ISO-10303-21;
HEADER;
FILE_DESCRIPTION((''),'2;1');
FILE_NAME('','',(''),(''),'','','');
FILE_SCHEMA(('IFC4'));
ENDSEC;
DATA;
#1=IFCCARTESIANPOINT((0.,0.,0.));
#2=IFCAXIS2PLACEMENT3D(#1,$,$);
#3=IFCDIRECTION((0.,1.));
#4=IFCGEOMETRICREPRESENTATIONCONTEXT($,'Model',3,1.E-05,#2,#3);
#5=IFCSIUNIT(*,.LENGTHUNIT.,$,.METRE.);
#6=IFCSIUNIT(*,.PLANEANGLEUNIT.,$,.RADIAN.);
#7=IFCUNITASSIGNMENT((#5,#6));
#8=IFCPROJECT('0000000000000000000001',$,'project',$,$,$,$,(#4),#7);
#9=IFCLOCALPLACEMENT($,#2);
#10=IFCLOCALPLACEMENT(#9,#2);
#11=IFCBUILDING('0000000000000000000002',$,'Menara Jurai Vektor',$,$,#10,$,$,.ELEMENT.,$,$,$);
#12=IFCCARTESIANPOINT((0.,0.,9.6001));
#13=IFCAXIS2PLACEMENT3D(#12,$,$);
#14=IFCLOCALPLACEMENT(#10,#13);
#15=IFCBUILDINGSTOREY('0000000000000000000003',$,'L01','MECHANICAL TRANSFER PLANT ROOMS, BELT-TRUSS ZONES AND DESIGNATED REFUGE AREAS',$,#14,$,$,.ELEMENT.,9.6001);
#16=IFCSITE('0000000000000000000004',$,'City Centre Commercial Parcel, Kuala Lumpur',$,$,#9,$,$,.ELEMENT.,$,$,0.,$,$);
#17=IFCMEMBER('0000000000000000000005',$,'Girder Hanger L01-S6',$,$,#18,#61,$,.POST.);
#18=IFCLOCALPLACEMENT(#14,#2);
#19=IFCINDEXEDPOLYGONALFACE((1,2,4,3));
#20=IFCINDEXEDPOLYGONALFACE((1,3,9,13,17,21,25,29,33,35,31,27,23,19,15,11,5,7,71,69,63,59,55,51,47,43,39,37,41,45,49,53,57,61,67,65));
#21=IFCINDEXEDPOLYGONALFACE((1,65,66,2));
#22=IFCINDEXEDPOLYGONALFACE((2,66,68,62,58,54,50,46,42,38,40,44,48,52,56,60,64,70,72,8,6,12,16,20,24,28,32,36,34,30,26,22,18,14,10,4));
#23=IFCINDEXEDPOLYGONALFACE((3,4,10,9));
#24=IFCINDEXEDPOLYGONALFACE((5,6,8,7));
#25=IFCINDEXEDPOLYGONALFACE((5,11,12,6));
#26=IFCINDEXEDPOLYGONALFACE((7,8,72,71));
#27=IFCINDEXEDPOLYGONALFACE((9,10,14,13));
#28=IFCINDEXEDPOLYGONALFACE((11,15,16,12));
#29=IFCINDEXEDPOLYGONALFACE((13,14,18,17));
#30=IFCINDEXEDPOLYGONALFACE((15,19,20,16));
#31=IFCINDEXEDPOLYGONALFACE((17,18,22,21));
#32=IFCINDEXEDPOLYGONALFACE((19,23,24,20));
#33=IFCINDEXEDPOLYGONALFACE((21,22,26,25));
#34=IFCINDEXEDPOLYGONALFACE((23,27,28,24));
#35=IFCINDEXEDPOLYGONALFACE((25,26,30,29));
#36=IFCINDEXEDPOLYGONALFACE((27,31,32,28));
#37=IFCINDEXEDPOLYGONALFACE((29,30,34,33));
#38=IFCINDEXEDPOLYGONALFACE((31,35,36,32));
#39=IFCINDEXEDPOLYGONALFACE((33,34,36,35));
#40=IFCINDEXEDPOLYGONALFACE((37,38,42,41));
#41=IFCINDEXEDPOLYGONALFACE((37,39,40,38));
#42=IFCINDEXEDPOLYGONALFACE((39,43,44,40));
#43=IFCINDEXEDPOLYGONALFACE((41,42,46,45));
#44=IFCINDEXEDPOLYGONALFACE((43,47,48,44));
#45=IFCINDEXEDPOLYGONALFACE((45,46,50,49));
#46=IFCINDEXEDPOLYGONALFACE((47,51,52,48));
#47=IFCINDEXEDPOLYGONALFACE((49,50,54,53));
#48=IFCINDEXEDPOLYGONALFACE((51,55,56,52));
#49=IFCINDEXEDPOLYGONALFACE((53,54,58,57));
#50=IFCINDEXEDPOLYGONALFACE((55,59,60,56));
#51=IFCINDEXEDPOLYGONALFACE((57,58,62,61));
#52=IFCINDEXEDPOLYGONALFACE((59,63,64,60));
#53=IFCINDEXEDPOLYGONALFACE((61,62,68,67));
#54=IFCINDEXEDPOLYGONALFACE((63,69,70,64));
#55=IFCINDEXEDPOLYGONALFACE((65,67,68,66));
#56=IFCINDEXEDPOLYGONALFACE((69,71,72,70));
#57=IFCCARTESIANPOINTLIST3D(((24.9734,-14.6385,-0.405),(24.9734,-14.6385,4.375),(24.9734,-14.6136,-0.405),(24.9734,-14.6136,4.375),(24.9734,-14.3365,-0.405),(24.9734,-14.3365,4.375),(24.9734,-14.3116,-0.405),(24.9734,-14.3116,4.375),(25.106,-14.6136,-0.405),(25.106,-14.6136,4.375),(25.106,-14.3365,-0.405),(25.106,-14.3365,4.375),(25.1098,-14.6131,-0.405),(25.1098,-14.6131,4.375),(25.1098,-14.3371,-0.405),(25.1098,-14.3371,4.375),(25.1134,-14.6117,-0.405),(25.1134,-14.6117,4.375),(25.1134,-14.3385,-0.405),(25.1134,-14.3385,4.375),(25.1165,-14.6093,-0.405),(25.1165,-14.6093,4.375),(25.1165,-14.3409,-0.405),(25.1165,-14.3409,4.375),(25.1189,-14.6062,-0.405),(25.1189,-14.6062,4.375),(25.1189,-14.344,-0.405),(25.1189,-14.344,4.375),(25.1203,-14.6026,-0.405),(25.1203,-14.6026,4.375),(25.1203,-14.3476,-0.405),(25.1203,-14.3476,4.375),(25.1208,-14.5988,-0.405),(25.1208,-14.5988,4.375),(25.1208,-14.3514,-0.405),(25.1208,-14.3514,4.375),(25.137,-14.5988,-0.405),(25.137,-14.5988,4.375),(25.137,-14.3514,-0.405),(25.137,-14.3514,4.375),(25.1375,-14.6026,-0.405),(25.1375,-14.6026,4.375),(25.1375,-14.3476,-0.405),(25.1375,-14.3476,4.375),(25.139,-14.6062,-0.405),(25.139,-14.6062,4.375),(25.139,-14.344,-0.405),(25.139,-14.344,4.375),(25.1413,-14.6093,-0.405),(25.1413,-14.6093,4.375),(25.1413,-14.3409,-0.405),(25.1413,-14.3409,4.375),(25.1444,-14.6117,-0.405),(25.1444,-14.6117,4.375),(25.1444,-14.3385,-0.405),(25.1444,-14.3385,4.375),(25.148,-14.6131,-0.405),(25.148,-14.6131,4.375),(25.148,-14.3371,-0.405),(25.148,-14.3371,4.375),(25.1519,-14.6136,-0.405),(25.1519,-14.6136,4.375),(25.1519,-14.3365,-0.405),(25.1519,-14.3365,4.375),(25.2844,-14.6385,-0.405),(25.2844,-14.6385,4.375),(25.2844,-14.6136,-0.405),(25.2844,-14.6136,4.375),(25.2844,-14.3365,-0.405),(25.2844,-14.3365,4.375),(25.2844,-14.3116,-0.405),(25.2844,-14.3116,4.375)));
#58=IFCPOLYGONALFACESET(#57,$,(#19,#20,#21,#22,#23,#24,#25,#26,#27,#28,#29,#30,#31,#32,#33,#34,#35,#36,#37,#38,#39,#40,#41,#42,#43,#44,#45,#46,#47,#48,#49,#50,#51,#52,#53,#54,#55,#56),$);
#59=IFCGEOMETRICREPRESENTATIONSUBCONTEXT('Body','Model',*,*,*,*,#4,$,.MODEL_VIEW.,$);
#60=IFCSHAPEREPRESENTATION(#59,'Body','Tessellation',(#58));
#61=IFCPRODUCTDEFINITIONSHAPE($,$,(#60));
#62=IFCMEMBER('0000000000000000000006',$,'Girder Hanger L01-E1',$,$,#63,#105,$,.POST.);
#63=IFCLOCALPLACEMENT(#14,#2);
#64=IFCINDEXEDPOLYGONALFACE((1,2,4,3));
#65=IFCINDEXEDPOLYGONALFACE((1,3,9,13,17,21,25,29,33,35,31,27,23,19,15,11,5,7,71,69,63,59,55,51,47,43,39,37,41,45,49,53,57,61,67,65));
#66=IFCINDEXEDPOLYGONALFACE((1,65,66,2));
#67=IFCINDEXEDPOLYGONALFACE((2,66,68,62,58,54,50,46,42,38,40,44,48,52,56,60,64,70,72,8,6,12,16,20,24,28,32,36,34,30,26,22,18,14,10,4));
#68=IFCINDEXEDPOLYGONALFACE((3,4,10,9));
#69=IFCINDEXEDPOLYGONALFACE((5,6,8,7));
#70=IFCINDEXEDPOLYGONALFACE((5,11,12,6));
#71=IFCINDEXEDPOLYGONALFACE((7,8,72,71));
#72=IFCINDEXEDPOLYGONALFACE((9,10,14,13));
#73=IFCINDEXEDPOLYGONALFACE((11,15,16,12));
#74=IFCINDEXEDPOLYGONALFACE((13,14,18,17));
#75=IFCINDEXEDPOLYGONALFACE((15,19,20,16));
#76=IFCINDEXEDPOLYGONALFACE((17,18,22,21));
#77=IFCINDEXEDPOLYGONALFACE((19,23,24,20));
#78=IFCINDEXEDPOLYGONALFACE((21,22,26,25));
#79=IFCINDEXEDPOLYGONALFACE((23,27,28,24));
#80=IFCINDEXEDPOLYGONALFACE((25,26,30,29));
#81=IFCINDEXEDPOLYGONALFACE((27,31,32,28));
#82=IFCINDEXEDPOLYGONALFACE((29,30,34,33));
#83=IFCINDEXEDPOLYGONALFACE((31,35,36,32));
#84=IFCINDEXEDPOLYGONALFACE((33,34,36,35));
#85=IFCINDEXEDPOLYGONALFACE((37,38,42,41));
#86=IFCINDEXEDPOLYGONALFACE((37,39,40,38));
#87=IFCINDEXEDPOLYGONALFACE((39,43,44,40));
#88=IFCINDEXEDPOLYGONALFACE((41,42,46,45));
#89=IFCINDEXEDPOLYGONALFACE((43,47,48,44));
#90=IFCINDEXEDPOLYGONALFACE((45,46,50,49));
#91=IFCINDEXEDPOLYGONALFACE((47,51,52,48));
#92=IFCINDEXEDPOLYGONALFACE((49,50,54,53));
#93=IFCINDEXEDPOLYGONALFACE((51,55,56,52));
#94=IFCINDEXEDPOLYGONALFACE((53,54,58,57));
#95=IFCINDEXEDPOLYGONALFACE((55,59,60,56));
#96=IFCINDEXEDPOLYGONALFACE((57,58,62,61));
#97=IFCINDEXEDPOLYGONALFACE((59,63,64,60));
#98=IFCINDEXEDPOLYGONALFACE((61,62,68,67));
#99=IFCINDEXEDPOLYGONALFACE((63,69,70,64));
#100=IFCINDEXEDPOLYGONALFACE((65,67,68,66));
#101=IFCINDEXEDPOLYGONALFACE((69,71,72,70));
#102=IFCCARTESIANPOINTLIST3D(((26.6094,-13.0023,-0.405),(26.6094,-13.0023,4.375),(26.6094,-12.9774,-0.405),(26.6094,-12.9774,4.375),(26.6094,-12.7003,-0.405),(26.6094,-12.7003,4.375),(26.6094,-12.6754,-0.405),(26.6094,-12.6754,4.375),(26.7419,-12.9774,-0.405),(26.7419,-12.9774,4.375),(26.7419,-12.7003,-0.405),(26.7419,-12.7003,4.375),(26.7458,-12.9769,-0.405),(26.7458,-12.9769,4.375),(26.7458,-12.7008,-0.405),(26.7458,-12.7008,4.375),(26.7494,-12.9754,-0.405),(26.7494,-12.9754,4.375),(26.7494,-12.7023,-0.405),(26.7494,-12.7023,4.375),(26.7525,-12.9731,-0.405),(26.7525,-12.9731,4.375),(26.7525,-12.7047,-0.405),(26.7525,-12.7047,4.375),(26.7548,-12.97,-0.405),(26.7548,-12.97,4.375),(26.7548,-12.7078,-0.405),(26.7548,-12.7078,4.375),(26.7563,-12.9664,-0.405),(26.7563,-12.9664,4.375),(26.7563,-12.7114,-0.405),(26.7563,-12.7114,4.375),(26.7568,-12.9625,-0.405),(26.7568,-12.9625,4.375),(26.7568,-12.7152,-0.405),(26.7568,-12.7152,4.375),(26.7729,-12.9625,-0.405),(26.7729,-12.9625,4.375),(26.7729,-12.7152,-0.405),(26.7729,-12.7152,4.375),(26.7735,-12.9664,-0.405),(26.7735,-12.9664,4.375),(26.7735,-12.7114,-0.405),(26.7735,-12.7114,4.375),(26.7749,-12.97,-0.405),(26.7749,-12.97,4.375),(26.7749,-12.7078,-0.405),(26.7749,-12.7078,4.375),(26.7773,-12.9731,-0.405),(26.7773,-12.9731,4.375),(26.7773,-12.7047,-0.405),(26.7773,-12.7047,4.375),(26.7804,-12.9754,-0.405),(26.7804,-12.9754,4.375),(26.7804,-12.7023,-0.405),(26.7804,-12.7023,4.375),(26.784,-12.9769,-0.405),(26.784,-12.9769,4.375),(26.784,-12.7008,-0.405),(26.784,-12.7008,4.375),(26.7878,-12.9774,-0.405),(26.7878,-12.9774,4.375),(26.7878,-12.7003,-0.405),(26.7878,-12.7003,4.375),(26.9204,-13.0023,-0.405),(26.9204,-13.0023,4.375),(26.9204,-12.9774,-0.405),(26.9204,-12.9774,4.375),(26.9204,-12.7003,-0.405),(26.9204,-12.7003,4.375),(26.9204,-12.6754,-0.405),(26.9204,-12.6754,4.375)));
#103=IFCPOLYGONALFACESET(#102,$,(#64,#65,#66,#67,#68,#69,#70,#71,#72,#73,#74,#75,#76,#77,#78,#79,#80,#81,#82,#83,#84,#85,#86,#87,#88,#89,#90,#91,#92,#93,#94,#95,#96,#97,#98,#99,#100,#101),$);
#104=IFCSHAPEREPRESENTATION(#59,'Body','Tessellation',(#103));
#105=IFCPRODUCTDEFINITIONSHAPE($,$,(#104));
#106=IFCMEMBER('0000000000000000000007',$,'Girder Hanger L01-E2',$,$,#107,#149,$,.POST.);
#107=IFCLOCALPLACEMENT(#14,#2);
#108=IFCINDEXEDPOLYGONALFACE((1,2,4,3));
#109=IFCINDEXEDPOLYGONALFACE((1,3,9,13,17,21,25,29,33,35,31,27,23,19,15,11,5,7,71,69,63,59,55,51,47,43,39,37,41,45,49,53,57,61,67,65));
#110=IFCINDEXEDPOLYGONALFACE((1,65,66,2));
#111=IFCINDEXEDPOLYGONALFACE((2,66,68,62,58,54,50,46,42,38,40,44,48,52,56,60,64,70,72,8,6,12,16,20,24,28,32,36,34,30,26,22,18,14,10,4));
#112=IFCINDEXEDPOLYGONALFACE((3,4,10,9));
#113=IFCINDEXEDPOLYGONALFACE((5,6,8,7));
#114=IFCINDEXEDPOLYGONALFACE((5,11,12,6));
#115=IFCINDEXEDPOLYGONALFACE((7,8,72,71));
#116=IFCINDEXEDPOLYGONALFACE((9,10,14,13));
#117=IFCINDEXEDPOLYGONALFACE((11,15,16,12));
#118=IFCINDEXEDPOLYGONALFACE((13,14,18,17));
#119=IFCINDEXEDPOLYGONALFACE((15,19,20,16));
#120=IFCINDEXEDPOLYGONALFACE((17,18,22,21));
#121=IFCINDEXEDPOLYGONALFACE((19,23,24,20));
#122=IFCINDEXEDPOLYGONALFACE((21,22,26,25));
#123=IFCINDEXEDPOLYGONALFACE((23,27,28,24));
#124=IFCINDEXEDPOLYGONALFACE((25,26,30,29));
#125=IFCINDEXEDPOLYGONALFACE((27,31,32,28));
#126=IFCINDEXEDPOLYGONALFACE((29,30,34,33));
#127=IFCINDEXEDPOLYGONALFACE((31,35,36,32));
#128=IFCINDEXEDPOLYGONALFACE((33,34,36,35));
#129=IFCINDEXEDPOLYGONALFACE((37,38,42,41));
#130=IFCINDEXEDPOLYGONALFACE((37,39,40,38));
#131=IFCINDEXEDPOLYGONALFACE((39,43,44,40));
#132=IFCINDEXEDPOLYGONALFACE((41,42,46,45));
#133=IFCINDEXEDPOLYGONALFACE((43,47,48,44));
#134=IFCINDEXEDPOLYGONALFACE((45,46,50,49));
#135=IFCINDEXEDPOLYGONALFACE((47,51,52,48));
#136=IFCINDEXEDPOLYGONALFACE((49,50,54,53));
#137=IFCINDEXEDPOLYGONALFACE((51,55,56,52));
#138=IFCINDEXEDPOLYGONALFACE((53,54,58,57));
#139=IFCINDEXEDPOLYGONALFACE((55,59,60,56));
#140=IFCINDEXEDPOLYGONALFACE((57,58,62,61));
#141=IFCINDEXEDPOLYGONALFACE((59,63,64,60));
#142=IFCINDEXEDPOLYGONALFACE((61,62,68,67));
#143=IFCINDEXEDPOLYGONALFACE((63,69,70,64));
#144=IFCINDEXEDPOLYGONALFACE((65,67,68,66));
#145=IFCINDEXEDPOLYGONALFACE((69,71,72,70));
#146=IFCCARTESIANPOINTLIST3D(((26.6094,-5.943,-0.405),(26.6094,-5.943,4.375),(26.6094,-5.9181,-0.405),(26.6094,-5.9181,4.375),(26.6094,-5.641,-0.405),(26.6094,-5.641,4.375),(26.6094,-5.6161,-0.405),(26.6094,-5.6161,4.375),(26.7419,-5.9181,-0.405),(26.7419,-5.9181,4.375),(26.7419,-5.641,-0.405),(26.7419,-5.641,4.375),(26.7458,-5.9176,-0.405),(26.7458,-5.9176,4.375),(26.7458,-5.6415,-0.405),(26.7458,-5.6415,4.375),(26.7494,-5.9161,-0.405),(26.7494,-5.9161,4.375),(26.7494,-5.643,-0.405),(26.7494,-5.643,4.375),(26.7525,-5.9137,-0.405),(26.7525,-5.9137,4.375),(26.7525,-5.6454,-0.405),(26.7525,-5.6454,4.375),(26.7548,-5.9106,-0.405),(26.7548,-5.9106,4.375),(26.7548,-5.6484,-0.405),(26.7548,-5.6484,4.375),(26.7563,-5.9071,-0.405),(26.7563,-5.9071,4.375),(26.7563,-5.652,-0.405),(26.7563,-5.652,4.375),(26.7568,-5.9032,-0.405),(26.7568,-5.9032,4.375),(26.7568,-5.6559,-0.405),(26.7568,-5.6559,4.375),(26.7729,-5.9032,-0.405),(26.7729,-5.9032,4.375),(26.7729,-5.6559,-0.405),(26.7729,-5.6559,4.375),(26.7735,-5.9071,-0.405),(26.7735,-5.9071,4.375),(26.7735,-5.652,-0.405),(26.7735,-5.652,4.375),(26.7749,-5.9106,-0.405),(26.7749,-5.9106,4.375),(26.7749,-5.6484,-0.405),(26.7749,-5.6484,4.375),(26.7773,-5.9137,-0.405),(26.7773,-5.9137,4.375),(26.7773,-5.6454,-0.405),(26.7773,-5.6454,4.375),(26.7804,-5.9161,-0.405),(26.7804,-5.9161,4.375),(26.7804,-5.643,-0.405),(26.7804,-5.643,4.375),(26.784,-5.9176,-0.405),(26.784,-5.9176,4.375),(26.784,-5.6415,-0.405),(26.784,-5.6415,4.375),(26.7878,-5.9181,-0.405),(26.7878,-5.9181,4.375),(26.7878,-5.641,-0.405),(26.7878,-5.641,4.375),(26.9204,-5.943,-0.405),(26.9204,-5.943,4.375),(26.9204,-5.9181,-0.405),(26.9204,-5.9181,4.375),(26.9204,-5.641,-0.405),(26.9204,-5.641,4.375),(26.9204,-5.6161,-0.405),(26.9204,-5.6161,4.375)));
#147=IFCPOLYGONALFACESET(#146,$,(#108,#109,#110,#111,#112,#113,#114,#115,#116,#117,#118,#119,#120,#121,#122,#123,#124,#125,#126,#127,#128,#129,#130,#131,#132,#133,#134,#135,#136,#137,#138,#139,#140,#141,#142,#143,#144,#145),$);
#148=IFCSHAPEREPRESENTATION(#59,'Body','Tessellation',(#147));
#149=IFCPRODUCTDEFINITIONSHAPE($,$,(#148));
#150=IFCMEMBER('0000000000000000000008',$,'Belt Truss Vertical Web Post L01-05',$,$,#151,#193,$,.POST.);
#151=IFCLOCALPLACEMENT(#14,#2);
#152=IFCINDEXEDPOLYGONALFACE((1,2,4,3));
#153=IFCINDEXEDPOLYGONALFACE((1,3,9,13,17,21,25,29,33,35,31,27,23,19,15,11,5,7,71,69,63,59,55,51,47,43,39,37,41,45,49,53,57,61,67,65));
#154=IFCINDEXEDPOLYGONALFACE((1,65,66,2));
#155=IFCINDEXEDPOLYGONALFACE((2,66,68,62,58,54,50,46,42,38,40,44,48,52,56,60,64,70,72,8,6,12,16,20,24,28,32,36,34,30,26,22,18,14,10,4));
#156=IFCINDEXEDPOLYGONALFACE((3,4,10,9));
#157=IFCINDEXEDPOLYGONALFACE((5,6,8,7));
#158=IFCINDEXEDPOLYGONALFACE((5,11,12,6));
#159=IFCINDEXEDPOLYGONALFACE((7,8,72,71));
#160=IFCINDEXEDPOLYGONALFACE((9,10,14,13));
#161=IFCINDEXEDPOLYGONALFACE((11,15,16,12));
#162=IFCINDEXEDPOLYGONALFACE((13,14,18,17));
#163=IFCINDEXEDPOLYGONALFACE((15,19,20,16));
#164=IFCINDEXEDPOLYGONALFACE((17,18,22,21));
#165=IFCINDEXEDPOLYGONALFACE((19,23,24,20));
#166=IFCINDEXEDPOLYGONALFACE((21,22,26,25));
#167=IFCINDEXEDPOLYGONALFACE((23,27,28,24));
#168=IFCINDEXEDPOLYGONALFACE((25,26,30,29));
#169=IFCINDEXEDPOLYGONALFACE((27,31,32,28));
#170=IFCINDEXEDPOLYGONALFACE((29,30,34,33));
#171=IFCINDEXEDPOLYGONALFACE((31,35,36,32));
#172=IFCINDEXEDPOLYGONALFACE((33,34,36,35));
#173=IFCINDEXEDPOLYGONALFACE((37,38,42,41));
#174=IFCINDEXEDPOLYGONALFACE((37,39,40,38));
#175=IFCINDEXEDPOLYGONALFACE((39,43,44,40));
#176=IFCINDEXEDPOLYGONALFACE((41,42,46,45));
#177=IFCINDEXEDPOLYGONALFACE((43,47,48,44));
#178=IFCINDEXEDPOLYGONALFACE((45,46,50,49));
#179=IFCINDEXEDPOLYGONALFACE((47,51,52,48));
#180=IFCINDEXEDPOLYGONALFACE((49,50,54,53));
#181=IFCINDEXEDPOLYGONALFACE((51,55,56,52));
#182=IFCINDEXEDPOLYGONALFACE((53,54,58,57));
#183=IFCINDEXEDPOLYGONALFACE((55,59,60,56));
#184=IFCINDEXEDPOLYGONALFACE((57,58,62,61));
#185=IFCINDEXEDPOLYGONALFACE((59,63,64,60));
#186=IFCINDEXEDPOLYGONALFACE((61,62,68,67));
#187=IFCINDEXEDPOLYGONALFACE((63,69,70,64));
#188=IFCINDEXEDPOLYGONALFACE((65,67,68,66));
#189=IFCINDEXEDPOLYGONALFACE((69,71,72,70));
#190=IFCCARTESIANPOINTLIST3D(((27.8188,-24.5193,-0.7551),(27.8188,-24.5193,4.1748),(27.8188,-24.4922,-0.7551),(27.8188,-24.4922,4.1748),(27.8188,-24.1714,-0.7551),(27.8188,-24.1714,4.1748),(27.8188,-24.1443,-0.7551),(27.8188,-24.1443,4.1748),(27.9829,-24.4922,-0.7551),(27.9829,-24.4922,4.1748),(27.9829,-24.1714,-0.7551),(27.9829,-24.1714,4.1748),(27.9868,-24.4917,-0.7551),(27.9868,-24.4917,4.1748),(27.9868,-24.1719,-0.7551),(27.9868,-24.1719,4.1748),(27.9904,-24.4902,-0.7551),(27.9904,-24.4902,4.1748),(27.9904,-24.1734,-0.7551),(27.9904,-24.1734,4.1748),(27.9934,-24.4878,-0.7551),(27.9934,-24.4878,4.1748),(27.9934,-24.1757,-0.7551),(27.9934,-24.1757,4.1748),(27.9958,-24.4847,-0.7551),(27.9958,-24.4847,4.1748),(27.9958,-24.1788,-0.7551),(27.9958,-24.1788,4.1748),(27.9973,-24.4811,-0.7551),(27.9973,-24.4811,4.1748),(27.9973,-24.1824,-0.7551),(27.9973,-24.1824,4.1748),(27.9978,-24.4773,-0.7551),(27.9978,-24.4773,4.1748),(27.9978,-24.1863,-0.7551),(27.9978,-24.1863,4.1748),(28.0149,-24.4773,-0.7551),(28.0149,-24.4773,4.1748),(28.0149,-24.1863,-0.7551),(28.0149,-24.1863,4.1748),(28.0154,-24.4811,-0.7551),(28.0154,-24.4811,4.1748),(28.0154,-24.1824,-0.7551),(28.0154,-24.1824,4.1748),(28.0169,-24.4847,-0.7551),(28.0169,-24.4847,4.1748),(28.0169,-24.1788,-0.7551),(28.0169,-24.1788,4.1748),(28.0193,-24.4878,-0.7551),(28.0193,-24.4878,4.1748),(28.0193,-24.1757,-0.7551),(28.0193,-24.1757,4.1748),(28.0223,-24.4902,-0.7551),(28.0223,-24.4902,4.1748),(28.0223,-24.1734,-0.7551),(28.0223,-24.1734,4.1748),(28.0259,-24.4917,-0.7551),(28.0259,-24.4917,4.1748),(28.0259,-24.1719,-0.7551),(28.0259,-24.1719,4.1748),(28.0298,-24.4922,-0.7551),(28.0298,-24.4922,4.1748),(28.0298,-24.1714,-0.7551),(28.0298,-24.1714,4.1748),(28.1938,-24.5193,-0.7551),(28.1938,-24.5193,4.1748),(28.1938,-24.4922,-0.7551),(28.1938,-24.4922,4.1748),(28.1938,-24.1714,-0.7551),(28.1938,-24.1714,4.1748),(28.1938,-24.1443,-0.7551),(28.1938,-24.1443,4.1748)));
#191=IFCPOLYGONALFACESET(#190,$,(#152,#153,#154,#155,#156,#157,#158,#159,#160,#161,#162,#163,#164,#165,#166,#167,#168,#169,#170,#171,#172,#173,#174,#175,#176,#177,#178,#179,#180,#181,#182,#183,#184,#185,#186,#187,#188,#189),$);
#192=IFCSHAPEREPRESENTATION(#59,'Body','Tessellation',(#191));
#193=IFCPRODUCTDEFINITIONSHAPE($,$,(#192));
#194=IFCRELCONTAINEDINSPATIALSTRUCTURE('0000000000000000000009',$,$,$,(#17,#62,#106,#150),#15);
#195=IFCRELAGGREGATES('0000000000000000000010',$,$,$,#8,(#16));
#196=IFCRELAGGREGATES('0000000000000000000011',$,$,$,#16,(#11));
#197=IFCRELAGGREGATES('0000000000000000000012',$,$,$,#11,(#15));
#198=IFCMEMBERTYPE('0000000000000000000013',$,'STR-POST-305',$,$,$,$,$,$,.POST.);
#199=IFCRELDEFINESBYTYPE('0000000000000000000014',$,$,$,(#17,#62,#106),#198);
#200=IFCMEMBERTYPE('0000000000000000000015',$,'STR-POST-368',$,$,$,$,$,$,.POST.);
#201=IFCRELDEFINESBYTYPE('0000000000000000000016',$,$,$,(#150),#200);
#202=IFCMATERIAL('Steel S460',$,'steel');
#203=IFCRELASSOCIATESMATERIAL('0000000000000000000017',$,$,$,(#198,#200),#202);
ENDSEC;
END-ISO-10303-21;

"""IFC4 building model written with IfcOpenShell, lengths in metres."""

from ifc_helpers import new_model, si_unit, direction, frame, origin, origin_2d, place, context, subcontext, project, spatial, i_section, extrude, material, material_profile, profile_set, type_object, element, save


model = new_model("IFC4")

# Units and contexts
model_context = context("Model", 3, precision=1e-05, world=origin(), true_north=direction((0.0, 1.0)))
body_context = subcontext(model_context, "Body", "Model", "MODEL_VIEW")
ifc_project = project(units=[si_unit("LENGTHUNIT", "METRE"), si_unit("PLANEANGLEUNIT", "RADIAN")], contexts=[model_context])

# Site, building, storey
site_placement = place(None, origin())
site = spatial("IfcSite", under=ifc_project, at=site_placement, Name="City Centre Commercial Parcel, Kuala Lumpur", CompositionType="ELEMENT", RefElevation=0.0)
building_placement = place(site_placement, origin())
building = spatial("IfcBuilding", under=site, at=building_placement, Name="Menara Jurai Vektor", CompositionType="ELEMENT")
storey_placement = place(building_placement, frame((0.0, 0.0, 9.6001)))
storey = spatial("IfcBuildingStorey", under=building, at=storey_placement, Name="L01", Description="MECHANICAL TRANSFER PLANT ROOMS, BELT-TRUSS ZONES AND DESIGNATED REFUGE AREAS", CompositionType="ELEMENT", Elevation=9.6001)

# Shared definitions
ifc_material_1 = material(Name="Steel S460", Category="steel")

# Members
ifc_material_profile_1 = material_profile(ifc_material_1, i_section(OverallWidth=0.311, OverallDepth=0.3269, WebThickness=0.0161, FlangeThickness=0.0249, FilletRadius=0.0149, at=origin_2d()), Name="UKC 305x305x158")
ifc_profile_set_1 = profile_set([ifc_material_profile_1], Name="Steel S460")
member_type_1 = type_object("IfcMemberType", Name="STR-POST-305", PredefinedType="POST", material=ifc_profile_set_1)
for number, where, z_axis, x_axis, name in (
    (1, (25.1289, -14.4751, -0.405), (0.0, 0.0, 1.0), (1.0, 0.0, 0.0), "Girder Hanger L01-S6"),
    (2, (26.7649, -12.8389, -0.405), (0.0, 0.0, 1.0), (1.0, 0.0, 0.0), "Girder Hanger L01-E1"),
    (3, (26.7649, -5.7795, -0.405), (0.0, 0.0, 1.0), (1.0, 0.0, 0.0), "Girder Hanger L01-E2"),
):
    element("IfcMember", number, at=place(storey_placement, frame(where, z_axis=z_axis, x_axis=x_axis)), inside=storey, type_object=member_type_1, Name=name, PredefinedType="POST", context=body_context, shape_type="SweptSolid", body=[
        extrude(i_section(OverallWidth=0.311, OverallDepth=0.3269, WebThickness=0.0161, FlangeThickness=0.0249, FilletRadius=0.0149, at=origin_2d()), origin(), (0.0, 0.0, 1.0), 4.78),
    ])
ifc_material_profile_2 = material_profile(ifc_material_1, i_section(OverallWidth=0.375, OverallDepth=0.375, WebThickness=0.0171, FlangeThickness=0.0271, FilletRadius=0.0149, at=origin_2d()), Name="UKC 356x368x202")
ifc_profile_set_2 = profile_set([ifc_material_profile_2], Name="Steel S460")
member_type_2 = type_object("IfcMemberType", Name="STR-POST-368", PredefinedType="POST", material=ifc_profile_set_2)
for number, where, z_axis, x_axis, name in (
    (4, (28.0063, -24.3318, -0.7551), (0.0, 0.0, 1.0), (1.0, 0.0, 0.0), "Belt Truss Vertical Web Post L01-05"),
):
    element("IfcMember", number, at=place(storey_placement, frame(where, z_axis=z_axis, x_axis=x_axis)), inside=storey, type_object=member_type_2, Name=name, PredefinedType="POST", context=body_context, shape_type="SweptSolid", body=[
        extrude(i_section(OverallWidth=0.375, OverallDepth=0.375, WebThickness=0.0171, FlangeThickness=0.0271, FilletRadius=0.0149, at=origin_2d()), origin(), (0.0, 0.0, 1.0), 4.9299),
    ])

save(model, "model.ifc")
